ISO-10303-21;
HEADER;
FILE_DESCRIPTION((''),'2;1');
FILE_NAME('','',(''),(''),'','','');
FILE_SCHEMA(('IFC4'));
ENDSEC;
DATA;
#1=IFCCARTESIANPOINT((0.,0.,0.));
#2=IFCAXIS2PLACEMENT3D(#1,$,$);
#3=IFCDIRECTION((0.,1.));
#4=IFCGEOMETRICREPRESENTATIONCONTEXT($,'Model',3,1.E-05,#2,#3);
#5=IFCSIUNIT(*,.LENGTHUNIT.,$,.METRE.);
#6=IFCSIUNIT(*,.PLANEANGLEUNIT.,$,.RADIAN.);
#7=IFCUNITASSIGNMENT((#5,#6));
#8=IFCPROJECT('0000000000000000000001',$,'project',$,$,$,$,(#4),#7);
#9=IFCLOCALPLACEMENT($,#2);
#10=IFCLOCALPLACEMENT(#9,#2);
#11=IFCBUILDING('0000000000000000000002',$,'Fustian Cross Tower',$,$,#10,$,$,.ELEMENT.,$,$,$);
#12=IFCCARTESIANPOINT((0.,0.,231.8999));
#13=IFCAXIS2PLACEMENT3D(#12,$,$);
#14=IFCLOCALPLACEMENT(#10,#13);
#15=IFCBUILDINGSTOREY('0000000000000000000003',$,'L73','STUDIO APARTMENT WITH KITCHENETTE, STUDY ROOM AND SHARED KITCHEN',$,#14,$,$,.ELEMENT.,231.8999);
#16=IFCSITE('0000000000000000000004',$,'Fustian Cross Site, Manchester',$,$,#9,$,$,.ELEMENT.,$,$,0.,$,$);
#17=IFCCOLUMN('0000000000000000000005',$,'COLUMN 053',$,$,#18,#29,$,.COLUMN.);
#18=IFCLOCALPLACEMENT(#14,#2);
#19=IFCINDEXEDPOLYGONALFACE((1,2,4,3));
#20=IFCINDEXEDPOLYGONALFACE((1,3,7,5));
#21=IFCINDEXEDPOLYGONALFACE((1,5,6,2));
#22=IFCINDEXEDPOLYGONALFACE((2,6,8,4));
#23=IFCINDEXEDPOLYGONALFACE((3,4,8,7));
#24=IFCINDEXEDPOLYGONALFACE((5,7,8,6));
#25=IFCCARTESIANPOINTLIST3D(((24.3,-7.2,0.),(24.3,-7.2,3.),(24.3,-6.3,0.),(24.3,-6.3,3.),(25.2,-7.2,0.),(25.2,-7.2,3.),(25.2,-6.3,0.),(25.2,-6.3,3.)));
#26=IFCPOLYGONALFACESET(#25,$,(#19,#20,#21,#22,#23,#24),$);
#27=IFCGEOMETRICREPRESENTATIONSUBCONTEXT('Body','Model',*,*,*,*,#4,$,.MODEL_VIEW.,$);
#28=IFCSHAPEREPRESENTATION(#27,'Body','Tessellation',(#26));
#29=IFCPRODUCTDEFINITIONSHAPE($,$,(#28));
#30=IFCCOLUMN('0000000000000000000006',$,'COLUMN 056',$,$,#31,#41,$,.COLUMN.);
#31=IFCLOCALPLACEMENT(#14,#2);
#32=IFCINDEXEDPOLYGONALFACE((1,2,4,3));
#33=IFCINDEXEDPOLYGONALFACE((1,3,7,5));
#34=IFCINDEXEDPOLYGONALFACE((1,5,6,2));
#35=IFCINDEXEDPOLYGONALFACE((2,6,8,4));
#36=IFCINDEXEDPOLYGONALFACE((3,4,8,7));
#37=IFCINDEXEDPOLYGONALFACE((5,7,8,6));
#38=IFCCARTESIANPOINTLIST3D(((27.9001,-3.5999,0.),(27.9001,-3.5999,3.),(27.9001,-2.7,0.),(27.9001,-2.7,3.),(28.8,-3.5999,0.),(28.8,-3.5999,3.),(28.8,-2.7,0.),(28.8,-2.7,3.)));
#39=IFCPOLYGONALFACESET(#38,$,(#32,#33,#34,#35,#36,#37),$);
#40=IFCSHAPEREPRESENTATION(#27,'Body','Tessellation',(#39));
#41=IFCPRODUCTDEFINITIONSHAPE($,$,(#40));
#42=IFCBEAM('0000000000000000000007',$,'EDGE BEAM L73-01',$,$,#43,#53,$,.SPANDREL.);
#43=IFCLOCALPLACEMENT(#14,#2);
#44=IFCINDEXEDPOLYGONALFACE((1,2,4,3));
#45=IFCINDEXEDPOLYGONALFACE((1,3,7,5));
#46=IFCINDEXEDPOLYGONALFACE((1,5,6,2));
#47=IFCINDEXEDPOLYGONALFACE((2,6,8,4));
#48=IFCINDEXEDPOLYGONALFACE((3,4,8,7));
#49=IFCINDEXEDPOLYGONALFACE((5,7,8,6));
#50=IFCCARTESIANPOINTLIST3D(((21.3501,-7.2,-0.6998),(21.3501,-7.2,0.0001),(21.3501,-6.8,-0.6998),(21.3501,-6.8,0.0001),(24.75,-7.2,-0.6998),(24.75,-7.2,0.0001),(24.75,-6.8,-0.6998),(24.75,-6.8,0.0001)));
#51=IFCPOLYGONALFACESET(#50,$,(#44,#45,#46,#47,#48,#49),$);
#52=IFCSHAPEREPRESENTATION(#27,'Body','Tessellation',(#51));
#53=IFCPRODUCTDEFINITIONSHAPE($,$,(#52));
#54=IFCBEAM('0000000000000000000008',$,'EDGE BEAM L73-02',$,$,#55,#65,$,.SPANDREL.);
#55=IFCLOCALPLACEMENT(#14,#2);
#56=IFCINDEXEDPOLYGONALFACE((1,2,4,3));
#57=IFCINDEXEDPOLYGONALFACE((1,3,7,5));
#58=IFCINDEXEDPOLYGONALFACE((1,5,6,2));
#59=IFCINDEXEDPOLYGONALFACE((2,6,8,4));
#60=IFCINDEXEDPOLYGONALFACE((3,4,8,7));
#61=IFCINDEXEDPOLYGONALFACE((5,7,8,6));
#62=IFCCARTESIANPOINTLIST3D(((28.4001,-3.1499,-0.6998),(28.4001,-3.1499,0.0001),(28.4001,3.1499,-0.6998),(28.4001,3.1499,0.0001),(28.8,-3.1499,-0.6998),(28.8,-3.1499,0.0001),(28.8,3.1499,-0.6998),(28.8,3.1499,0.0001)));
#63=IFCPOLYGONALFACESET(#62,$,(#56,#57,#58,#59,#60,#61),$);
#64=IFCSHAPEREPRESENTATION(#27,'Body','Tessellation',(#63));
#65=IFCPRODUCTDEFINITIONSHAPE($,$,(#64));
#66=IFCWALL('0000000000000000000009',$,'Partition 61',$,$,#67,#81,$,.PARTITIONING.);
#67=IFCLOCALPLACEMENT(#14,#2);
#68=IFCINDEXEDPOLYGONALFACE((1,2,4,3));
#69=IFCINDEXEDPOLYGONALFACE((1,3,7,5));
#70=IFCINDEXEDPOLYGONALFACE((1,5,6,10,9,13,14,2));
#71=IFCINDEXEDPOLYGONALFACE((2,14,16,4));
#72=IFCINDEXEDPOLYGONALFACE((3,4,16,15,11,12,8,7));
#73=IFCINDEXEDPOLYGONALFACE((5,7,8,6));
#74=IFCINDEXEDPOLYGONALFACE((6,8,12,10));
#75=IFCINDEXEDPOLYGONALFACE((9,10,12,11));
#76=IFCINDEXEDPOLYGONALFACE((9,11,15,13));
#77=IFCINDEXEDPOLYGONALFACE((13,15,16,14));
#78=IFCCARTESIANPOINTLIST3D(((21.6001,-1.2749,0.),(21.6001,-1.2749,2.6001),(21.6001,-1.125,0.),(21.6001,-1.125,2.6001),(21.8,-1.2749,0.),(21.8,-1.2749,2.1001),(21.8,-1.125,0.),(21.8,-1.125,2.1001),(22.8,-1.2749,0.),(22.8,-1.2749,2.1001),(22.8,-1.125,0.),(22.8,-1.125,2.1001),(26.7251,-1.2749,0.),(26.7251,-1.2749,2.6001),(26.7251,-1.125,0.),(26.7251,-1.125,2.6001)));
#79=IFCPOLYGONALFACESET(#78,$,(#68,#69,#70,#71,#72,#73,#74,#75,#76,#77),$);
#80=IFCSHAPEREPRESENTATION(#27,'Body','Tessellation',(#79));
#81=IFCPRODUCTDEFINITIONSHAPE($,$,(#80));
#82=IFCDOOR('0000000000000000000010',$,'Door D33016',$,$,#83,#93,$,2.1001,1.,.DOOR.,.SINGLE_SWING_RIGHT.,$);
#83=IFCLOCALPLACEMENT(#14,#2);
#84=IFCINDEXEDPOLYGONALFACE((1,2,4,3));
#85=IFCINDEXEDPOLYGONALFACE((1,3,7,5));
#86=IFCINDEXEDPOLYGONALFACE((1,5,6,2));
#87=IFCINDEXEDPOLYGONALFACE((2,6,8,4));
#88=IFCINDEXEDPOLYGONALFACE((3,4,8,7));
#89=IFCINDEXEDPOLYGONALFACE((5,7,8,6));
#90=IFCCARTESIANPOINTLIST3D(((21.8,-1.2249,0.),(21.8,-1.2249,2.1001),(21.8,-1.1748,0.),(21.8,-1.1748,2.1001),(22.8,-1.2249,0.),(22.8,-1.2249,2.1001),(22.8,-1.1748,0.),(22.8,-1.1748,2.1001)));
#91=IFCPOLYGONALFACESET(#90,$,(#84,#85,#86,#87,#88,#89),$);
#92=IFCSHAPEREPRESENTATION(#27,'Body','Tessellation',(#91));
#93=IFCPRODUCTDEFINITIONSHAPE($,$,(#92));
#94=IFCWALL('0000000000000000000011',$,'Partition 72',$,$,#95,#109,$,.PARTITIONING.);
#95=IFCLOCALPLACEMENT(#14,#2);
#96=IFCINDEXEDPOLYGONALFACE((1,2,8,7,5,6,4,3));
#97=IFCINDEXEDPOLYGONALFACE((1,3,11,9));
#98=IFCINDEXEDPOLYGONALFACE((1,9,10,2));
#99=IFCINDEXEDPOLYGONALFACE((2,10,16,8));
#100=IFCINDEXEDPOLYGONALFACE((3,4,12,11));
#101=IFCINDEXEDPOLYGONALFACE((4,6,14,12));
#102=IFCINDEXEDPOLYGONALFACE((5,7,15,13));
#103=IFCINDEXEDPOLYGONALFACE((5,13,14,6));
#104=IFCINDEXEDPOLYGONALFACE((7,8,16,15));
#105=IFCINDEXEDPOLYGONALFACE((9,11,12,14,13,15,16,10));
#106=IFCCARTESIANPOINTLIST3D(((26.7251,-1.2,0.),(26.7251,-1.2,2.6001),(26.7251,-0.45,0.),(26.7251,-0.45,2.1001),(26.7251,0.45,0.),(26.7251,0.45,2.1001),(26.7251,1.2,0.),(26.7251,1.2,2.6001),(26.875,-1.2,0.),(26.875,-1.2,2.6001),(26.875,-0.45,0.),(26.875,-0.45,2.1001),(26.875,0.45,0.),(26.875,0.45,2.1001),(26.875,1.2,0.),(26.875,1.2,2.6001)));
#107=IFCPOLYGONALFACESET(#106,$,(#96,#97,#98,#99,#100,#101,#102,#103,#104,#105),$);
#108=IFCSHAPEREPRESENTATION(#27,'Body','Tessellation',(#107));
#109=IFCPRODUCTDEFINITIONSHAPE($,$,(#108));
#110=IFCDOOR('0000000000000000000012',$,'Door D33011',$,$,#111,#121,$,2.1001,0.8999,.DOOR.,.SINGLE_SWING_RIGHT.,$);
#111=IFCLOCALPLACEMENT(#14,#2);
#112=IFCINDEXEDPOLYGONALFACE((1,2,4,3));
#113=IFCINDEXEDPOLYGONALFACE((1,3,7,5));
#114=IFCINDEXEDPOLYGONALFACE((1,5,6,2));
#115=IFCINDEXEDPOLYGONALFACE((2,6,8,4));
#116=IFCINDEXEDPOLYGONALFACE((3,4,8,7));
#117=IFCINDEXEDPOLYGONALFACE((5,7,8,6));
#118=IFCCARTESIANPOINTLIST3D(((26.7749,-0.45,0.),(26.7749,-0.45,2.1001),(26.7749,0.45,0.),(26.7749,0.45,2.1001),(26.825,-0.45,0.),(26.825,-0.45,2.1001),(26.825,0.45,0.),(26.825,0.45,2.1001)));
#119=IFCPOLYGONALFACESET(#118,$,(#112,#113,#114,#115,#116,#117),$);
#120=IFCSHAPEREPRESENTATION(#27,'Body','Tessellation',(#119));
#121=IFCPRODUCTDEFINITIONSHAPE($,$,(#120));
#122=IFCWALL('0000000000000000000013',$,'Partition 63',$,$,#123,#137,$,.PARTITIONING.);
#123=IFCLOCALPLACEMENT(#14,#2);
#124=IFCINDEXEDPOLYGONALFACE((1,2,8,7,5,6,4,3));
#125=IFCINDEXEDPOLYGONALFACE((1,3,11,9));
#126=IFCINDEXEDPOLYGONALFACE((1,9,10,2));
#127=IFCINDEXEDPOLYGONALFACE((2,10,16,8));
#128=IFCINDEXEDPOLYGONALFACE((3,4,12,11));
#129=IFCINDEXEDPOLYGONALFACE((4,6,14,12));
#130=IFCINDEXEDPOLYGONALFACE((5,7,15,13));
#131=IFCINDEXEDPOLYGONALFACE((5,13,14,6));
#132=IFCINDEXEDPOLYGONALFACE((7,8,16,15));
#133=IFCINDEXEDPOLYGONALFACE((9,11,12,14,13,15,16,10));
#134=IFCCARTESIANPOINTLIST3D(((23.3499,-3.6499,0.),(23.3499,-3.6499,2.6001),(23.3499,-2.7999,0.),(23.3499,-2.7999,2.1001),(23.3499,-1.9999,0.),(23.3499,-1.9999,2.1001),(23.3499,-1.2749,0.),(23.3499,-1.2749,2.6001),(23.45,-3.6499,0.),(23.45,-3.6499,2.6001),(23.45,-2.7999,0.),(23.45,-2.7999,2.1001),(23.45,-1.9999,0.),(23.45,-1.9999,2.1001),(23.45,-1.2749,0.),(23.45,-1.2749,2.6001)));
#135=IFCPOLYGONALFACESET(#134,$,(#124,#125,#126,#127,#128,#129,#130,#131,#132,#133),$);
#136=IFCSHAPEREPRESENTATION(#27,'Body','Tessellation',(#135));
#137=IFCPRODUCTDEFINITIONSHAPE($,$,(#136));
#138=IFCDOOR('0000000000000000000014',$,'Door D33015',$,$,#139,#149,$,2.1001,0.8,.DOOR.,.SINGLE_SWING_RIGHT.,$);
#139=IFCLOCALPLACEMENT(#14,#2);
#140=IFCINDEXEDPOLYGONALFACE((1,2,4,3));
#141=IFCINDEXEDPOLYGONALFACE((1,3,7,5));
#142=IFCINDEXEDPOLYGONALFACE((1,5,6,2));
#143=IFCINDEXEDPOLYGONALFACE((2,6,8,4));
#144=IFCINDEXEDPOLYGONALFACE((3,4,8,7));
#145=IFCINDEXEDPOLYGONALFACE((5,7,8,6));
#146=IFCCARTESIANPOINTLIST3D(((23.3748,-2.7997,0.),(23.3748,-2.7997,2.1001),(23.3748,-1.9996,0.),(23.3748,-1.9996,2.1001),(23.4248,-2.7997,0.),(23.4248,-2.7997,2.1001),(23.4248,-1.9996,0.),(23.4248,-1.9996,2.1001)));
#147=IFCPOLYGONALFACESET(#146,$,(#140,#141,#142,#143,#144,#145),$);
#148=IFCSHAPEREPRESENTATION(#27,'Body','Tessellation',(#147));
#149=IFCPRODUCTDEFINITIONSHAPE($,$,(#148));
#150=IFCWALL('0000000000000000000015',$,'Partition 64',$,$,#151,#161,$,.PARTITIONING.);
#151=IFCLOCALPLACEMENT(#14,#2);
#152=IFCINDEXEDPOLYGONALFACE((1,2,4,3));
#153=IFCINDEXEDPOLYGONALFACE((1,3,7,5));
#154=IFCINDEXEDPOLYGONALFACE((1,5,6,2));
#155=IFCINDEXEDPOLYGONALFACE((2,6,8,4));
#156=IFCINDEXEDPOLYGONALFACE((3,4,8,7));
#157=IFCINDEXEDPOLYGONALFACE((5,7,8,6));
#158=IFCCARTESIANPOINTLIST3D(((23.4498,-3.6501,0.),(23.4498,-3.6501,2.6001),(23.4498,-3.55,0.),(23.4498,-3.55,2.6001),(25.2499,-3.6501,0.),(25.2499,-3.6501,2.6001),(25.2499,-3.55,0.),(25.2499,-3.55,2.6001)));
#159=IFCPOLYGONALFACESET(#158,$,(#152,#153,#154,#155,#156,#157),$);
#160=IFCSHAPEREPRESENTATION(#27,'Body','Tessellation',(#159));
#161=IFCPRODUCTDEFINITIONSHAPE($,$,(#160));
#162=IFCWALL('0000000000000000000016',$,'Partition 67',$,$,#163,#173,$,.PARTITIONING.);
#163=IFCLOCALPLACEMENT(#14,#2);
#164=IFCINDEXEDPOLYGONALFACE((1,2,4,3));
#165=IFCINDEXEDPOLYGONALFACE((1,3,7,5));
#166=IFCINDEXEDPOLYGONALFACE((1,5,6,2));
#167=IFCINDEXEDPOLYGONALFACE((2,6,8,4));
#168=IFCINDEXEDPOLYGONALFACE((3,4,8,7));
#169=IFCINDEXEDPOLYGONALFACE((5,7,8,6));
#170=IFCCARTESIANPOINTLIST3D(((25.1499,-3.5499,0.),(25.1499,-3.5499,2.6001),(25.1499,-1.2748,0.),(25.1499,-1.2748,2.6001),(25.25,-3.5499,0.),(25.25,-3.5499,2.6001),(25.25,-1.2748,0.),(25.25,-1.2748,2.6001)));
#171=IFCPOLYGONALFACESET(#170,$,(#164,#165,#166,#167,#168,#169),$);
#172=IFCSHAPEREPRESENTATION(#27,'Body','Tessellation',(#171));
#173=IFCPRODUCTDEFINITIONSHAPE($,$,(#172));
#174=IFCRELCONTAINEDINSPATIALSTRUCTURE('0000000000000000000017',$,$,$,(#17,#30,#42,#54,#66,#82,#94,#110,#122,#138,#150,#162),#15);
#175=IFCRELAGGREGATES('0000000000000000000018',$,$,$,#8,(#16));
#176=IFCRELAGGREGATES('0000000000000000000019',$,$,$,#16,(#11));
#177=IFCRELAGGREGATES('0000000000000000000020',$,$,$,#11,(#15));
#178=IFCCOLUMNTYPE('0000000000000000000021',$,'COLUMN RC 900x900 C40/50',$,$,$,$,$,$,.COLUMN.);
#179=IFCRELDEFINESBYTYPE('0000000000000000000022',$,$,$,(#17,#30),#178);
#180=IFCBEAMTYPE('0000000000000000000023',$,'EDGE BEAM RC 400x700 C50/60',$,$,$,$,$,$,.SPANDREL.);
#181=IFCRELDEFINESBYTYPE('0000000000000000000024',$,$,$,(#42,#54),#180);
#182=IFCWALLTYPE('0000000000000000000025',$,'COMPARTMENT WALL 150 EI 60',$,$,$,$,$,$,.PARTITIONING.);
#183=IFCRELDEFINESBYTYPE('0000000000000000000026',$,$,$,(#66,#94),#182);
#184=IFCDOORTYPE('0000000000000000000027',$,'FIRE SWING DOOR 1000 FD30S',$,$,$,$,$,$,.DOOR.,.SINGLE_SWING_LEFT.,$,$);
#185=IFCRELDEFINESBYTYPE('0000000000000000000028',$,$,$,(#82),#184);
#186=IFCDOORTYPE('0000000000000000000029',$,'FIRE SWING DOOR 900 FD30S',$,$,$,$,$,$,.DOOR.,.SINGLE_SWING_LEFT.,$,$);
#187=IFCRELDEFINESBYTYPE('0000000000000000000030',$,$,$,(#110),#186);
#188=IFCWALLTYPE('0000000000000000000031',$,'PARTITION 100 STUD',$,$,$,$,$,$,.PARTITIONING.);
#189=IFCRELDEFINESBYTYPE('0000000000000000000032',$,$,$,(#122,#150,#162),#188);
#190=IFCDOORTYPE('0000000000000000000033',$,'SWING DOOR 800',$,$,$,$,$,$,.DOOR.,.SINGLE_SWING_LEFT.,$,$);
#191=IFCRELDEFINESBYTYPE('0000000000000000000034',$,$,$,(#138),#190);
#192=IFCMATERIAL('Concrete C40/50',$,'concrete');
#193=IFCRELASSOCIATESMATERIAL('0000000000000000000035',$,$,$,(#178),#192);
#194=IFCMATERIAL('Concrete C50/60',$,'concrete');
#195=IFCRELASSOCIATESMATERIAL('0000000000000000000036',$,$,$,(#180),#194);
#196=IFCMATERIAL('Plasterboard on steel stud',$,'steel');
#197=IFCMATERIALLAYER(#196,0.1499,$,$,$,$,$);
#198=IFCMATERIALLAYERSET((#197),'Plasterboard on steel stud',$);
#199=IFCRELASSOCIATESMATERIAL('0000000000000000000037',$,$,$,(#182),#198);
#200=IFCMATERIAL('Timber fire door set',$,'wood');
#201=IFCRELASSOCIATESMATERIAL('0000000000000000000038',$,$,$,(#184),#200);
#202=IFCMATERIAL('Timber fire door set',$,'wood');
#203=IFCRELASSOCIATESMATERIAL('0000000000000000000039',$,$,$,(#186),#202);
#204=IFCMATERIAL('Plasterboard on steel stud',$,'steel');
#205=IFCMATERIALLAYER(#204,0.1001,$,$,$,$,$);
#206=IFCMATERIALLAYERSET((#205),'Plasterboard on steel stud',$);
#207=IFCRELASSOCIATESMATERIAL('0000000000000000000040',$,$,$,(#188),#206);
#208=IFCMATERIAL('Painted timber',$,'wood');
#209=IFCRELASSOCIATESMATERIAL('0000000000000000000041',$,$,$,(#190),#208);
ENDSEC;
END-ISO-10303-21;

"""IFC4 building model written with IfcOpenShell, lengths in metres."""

from ifc_helpers import new_model, si_unit, direction, frame, frame_2d, origin, origin_2d, place, context, subcontext, project, spatial, rectangle, extrude, material, layer, layer_set, material_profile, profile_set, type_object, element, fill, save


model = new_model("IFC4")

# Units and contexts
model_context = context("Model", 3, precision=1e-05, world=origin(), true_north=direction((0.0, 1.0)))
body_context = subcontext(model_context, "Body", "Model", "MODEL_VIEW")
ifc_project = project(units=[si_unit("LENGTHUNIT", "METRE"), si_unit("PLANEANGLEUNIT", "RADIAN")], contexts=[model_context])

# Site, building, storey
site_placement = place(None, origin())
site = spatial("IfcSite", under=ifc_project, at=site_placement, Name="Fustian Cross Site, Manchester", CompositionType="ELEMENT", RefElevation=0.0)
building_placement = place(site_placement, origin())
building = spatial("IfcBuilding", under=site, at=building_placement, Name="Fustian Cross Tower", CompositionType="ELEMENT")
storey_placement = place(building_placement, frame((0.0, 0.0, 231.8999)))
storey = spatial("IfcBuildingStorey", under=building, at=storey_placement, Name="L73", Description="STUDIO APARTMENT WITH KITCHENETTE, STUDY ROOM AND SHARED KITCHEN", CompositionType="ELEMENT", Elevation=231.8999)

# Columns
ifc_material_1 = material(Name="Concrete C40/50", Category="concrete")
ifc_material_profile_1 = material_profile(ifc_material_1, rectangle(XDim=0.8999, YDim=0.8999, at=origin_2d()), Name="RC 900x900")
ifc_profile_set_1 = profile_set([ifc_material_profile_1], Name="Concrete C40/50")
column_type = type_object("IfcColumnType", Name="COLUMN RC 900x900 C40/50", PredefinedType="COLUMN", material=ifc_profile_set_1)
for number, where, z_axis, x_axis, name in (
    (1, (24.75, -6.75, 0.0), (0.0, 0.0, 1.0), (1.0, 0.0, 0.0), "COLUMN 053"),
    (2, (28.3501, -3.1499, 0.0), (0.0, 0.0, 1.0), (1.0, 0.0, 0.0), "COLUMN 056"),
):
    element("IfcColumn", number, at=place(storey_placement, frame(where, z_axis=z_axis, x_axis=x_axis)), inside=storey, type_object=column_type, Name=name, PredefinedType="COLUMN", context=body_context, shape_type="SweptSolid", body=[
        extrude(rectangle(XDim=0.8999, YDim=0.8999, at=origin_2d()), origin(), (0.0, 0.0, 1.0), 3.0),
    ])

# Beams
ifc_material_2 = material(Name="Concrete C50/60", Category="concrete")
ifc_material_profile_2 = material_profile(ifc_material_2, rectangle(XDim=0.3999, YDim=0.7, at=origin_2d()), Name="RC 400x700")
ifc_profile_set_2 = profile_set([ifc_material_profile_2], Name="Concrete C50/60")
beam_type = type_object("IfcBeamType", Name="EDGE BEAM RC 400x700 C50/60", PredefinedType="SPANDREL", material=ifc_profile_set_2)
beam_1_placement = place(storey_placement, frame((21.3501, -7.0, -0.3499), z_axis=(1.0, 0.0, 0.0), x_axis=(0.0, 1.0, 0.0)))
element("IfcBeam", 3, at=beam_1_placement, inside=storey, type_object=beam_type, Name="EDGE BEAM L73-01", PredefinedType="SPANDREL", context=body_context, shape_type="SweptSolid", body=[
    extrude(rectangle(XDim=0.3999, YDim=0.7, at=origin_2d()), origin(), (0.0, 0.0, 1.0), 3.3999),
])
beam_2_placement = place(storey_placement, frame((28.6001, -3.1499, -0.3499), z_axis=(0.0, 1.0, 0.0), x_axis=(-1.0, 0.0, 0.0)))
element("IfcBeam", 4, at=beam_2_placement, inside=storey, type_object=beam_type, Name="EDGE BEAM L73-02", PredefinedType="SPANDREL", context=body_context, shape_type="SweptSolid", body=[
    extrude(rectangle(XDim=0.3999, YDim=0.7, at=origin_2d()), origin(), (0.0, 0.0, 1.0), 6.2998),
])

# Walls, openings, doors
ifc_material_3 = material(Name="Plasterboard on steel stud", Category="steel")
ifc_layer_1 = layer(ifc_material_3, 0.1499)
ifc_layer_set_1 = layer_set([ifc_layer_1], Name="Plasterboard on steel stud")
wall_type_1 = type_object("IfcWallType", Name="COMPARTMENT WALL 150 EI 60", PredefinedType="PARTITIONING", material=ifc_layer_set_1)
wall_1_placement = place(storey_placement, frame((21.6001, -1.2, 0.0), z_axis=(0.0, 0.0, 1.0), x_axis=(1.0, 0.0, 0.0)))
wall_1 = element("IfcWall", 5, at=wall_1_placement, inside=storey, type_object=wall_type_1, Name="Partition 61", PredefinedType="PARTITIONING", context=body_context, shape_type="SweptSolid", body=[
    extrude(rectangle(XDim=5.125, YDim=0.1499, at=frame_2d((2.5625, 0.0))), origin(), (0.0, 0.0, 1.0), 2.6001),
])
opening_1_placement = place(wall_1_placement, frame((0.2, 0.0, 0.0)))
opening_1 = element("IfcOpeningElement", 6, at=opening_1_placement, cuts=wall_1, PredefinedType="OPENING", context=body_context, shape_type="SweptSolid", body=[
    extrude(rectangle(XDim=1.0, YDim=2.1001, at=frame_2d((0.5, 1.05))), frame((0.0, 0.085, 0.0), z_axis=(0.0, -1.0, 0.0), x_axis=(1.0, 0.0, 0.0)), (0.0, 0.0, 1.0), 0.1699),
])
ifc_material_4 = material(Name="Timber fire door set", Category="wood")
door_type_1 = type_object("IfcDoorType", Name="FIRE SWING DOOR 1000 FD30S", OperationType="SINGLE_SWING_LEFT", PredefinedType="DOOR", material=ifc_material_4)
door_1_placement = place(opening_1_placement, frame((1.0, 0.0, 0.0), z_axis=(0.0, 0.0, 1.0), x_axis=(-1.0, 0.0, 0.0)))
door_1 = element("IfcDoor", 7, at=door_1_placement, inside=storey, type_object=door_type_1, Name="Door D33016", OperationType="SINGLE_SWING_RIGHT", OverallHeight=2.1001, OverallWidth=1.0, PredefinedType="DOOR", context=body_context, shape_type="SweptSolid", body=[
    extrude(rectangle(XDim=1.0, YDim=2.1001, at=frame_2d((0.5, 1.05))), frame((0.0, 0.0249, 0.0), z_axis=(0.0, -1.0, 0.0), x_axis=(1.0, 0.0, 0.0)), (0.0, 0.0, 1.0), 0.05),
])
fill(opening_1, door_1)
wall_2_placement = place(storey_placement, frame((26.8, -1.2, 0.0), z_axis=(0.0, 0.0, 1.0), x_axis=(0.0, 1.0, 0.0)))
wall_2 = element("IfcWall", 8, at=wall_2_placement, inside=storey, type_object=wall_type_1, Name="Partition 72", PredefinedType="PARTITIONING", context=body_context, shape_type="SweptSolid", body=[
    extrude(rectangle(XDim=2.3999, YDim=0.1499, at=frame_2d((1.2, 0.0))), origin(), (0.0, 0.0, 1.0), 2.6001),
])
opening_2_placement = place(wall_2_placement, frame((0.75, 0.0, 0.0)))
opening_2 = element("IfcOpeningElement", 9, at=opening_2_placement, cuts=wall_2, PredefinedType="OPENING", context=body_context, shape_type="SweptSolid", body=[
    extrude(rectangle(XDim=0.8999, YDim=2.1001, at=frame_2d((0.45, 1.05))), frame((0.0, 0.085, 0.0), z_axis=(0.0, -1.0, 0.0), x_axis=(1.0, 0.0, 0.0)), (0.0, 0.0, 1.0), 0.1699),
])
ifc_material_5 = material(Name="Timber fire door set", Category="wood")
door_type_2 = type_object("IfcDoorType", Name="FIRE SWING DOOR 900 FD30S", OperationType="SINGLE_SWING_LEFT", PredefinedType="DOOR", material=ifc_material_5)
door_2_placement = place(opening_2_placement, frame((0.8999, 0.0, 0.0), z_axis=(0.0, 0.0, 1.0), x_axis=(-1.0, 0.0, 0.0)))
door_2 = element("IfcDoor", 10, at=door_2_placement, inside=storey, type_object=door_type_2, Name="Door D33011", OperationType="SINGLE_SWING_RIGHT", OverallHeight=2.1001, OverallWidth=0.8999, PredefinedType="DOOR", context=body_context, shape_type="SweptSolid", body=[
    extrude(rectangle(XDim=0.8999, YDim=2.1001, at=frame_2d((0.45, 1.05))), frame((0.0, 0.0249, 0.0), z_axis=(0.0, -1.0, 0.0), x_axis=(1.0, 0.0, 0.0)), (0.0, 0.0, 1.0), 0.05),
])
fill(opening_2, door_2)
ifc_material_6 = material(Name="Plasterboard on steel stud", Category="steel")
ifc_layer_2 = layer(ifc_material_6, 0.1001)
ifc_layer_set_2 = layer_set([ifc_layer_2], Name="Plasterboard on steel stud")
wall_type_2 = type_object("IfcWallType", Name="PARTITION 100 STUD", PredefinedType="PARTITIONING", material=ifc_layer_set_2)
wall_3_placement = place(storey_placement, frame((23.3999, -3.6499, 0.0), z_axis=(0.0, 0.0, 1.0), x_axis=(0.0, 1.0, 0.0)))
wall_3 = element("IfcWall", 11, at=wall_3_placement, inside=storey, type_object=wall_type_2, Name="Partition 63", PredefinedType="PARTITIONING", context=body_context, shape_type="SweptSolid", body=[
    extrude(rectangle(XDim=2.375, YDim=0.1001, at=frame_2d((1.1875, 0.0))), origin(), (0.0, 0.0, 1.0), 2.6001),
])
opening_3_placement = place(wall_3_placement, frame((0.8501, 0.0, 0.0)))
opening_3 = element("IfcOpeningElement", 12, at=opening_3_placement, cuts=wall_3, PredefinedType="OPENING", context=body_context, shape_type="SweptSolid", body=[
    extrude(rectangle(XDim=0.8, YDim=2.1001, at=frame_2d((0.3999, 1.05))), frame((0.0, 0.0601, 0.0), z_axis=(0.0, -1.0, 0.0), x_axis=(1.0, 0.0, 0.0)), (0.0, 0.0, 1.0), 0.1201),
])
ifc_material_7 = material(Name="Painted timber", Category="wood")
door_type_3 = type_object("IfcDoorType", Name="SWING DOOR 800", OperationType="SINGLE_SWING_LEFT", PredefinedType="DOOR", material=ifc_material_7)
door_3_placement = place(opening_3_placement, frame((0.8, 0.0, 0.0), z_axis=(0.0, 0.0, 1.0), x_axis=(-1.0, 0.0, 0.0)))
door_3 = element("IfcDoor", 13, at=door_3_placement, inside=storey, type_object=door_type_3, Name="Door D33015", OperationType="SINGLE_SWING_RIGHT", OverallHeight=2.1001, OverallWidth=0.8, PredefinedType="DOOR", context=body_context, shape_type="SweptSolid", body=[
    extrude(rectangle(XDim=0.8, YDim=2.1001, at=frame_2d((0.3999, 1.05))), frame((0.0, 0.0249, 0.0), z_axis=(0.0, -1.0, 0.0), x_axis=(1.0, 0.0, 0.0)), (0.0, 0.0, 1.0), 0.05),
])
fill(opening_3, door_3)

# Walls
wall_4_placement = place(storey_placement, frame((23.45, -3.6001, 0.0), z_axis=(0.0, 0.0, 1.0), x_axis=(1.0, 0.0, 0.0)))
element("IfcWall", 14, at=wall_4_placement, inside=storey, type_object=wall_type_2, Name="Partition 64", PredefinedType="PARTITIONING", context=body_context, shape_type="SweptSolid", body=[
    extrude(rectangle(XDim=1.8, YDim=0.1001, at=frame_2d((0.8999, 0.0))), origin(), (0.0, 0.0, 1.0), 2.6001),
])
wall_5_placement = place(storey_placement, frame((25.2, -3.55, 0.0), z_axis=(0.0, 0.0, 1.0), x_axis=(0.0, 1.0, 0.0)))
element("IfcWall", 15, at=wall_5_placement, inside=storey, type_object=wall_type_2, Name="Partition 67", PredefinedType="PARTITIONING", context=body_context, shape_type="SweptSolid", body=[
    extrude(rectangle(XDim=2.2751, YDim=0.1001, at=frame_2d((1.1377, 0.0))), origin(), (0.0, 0.0, 1.0), 2.6001),
])

save(model, "model.ifc")
